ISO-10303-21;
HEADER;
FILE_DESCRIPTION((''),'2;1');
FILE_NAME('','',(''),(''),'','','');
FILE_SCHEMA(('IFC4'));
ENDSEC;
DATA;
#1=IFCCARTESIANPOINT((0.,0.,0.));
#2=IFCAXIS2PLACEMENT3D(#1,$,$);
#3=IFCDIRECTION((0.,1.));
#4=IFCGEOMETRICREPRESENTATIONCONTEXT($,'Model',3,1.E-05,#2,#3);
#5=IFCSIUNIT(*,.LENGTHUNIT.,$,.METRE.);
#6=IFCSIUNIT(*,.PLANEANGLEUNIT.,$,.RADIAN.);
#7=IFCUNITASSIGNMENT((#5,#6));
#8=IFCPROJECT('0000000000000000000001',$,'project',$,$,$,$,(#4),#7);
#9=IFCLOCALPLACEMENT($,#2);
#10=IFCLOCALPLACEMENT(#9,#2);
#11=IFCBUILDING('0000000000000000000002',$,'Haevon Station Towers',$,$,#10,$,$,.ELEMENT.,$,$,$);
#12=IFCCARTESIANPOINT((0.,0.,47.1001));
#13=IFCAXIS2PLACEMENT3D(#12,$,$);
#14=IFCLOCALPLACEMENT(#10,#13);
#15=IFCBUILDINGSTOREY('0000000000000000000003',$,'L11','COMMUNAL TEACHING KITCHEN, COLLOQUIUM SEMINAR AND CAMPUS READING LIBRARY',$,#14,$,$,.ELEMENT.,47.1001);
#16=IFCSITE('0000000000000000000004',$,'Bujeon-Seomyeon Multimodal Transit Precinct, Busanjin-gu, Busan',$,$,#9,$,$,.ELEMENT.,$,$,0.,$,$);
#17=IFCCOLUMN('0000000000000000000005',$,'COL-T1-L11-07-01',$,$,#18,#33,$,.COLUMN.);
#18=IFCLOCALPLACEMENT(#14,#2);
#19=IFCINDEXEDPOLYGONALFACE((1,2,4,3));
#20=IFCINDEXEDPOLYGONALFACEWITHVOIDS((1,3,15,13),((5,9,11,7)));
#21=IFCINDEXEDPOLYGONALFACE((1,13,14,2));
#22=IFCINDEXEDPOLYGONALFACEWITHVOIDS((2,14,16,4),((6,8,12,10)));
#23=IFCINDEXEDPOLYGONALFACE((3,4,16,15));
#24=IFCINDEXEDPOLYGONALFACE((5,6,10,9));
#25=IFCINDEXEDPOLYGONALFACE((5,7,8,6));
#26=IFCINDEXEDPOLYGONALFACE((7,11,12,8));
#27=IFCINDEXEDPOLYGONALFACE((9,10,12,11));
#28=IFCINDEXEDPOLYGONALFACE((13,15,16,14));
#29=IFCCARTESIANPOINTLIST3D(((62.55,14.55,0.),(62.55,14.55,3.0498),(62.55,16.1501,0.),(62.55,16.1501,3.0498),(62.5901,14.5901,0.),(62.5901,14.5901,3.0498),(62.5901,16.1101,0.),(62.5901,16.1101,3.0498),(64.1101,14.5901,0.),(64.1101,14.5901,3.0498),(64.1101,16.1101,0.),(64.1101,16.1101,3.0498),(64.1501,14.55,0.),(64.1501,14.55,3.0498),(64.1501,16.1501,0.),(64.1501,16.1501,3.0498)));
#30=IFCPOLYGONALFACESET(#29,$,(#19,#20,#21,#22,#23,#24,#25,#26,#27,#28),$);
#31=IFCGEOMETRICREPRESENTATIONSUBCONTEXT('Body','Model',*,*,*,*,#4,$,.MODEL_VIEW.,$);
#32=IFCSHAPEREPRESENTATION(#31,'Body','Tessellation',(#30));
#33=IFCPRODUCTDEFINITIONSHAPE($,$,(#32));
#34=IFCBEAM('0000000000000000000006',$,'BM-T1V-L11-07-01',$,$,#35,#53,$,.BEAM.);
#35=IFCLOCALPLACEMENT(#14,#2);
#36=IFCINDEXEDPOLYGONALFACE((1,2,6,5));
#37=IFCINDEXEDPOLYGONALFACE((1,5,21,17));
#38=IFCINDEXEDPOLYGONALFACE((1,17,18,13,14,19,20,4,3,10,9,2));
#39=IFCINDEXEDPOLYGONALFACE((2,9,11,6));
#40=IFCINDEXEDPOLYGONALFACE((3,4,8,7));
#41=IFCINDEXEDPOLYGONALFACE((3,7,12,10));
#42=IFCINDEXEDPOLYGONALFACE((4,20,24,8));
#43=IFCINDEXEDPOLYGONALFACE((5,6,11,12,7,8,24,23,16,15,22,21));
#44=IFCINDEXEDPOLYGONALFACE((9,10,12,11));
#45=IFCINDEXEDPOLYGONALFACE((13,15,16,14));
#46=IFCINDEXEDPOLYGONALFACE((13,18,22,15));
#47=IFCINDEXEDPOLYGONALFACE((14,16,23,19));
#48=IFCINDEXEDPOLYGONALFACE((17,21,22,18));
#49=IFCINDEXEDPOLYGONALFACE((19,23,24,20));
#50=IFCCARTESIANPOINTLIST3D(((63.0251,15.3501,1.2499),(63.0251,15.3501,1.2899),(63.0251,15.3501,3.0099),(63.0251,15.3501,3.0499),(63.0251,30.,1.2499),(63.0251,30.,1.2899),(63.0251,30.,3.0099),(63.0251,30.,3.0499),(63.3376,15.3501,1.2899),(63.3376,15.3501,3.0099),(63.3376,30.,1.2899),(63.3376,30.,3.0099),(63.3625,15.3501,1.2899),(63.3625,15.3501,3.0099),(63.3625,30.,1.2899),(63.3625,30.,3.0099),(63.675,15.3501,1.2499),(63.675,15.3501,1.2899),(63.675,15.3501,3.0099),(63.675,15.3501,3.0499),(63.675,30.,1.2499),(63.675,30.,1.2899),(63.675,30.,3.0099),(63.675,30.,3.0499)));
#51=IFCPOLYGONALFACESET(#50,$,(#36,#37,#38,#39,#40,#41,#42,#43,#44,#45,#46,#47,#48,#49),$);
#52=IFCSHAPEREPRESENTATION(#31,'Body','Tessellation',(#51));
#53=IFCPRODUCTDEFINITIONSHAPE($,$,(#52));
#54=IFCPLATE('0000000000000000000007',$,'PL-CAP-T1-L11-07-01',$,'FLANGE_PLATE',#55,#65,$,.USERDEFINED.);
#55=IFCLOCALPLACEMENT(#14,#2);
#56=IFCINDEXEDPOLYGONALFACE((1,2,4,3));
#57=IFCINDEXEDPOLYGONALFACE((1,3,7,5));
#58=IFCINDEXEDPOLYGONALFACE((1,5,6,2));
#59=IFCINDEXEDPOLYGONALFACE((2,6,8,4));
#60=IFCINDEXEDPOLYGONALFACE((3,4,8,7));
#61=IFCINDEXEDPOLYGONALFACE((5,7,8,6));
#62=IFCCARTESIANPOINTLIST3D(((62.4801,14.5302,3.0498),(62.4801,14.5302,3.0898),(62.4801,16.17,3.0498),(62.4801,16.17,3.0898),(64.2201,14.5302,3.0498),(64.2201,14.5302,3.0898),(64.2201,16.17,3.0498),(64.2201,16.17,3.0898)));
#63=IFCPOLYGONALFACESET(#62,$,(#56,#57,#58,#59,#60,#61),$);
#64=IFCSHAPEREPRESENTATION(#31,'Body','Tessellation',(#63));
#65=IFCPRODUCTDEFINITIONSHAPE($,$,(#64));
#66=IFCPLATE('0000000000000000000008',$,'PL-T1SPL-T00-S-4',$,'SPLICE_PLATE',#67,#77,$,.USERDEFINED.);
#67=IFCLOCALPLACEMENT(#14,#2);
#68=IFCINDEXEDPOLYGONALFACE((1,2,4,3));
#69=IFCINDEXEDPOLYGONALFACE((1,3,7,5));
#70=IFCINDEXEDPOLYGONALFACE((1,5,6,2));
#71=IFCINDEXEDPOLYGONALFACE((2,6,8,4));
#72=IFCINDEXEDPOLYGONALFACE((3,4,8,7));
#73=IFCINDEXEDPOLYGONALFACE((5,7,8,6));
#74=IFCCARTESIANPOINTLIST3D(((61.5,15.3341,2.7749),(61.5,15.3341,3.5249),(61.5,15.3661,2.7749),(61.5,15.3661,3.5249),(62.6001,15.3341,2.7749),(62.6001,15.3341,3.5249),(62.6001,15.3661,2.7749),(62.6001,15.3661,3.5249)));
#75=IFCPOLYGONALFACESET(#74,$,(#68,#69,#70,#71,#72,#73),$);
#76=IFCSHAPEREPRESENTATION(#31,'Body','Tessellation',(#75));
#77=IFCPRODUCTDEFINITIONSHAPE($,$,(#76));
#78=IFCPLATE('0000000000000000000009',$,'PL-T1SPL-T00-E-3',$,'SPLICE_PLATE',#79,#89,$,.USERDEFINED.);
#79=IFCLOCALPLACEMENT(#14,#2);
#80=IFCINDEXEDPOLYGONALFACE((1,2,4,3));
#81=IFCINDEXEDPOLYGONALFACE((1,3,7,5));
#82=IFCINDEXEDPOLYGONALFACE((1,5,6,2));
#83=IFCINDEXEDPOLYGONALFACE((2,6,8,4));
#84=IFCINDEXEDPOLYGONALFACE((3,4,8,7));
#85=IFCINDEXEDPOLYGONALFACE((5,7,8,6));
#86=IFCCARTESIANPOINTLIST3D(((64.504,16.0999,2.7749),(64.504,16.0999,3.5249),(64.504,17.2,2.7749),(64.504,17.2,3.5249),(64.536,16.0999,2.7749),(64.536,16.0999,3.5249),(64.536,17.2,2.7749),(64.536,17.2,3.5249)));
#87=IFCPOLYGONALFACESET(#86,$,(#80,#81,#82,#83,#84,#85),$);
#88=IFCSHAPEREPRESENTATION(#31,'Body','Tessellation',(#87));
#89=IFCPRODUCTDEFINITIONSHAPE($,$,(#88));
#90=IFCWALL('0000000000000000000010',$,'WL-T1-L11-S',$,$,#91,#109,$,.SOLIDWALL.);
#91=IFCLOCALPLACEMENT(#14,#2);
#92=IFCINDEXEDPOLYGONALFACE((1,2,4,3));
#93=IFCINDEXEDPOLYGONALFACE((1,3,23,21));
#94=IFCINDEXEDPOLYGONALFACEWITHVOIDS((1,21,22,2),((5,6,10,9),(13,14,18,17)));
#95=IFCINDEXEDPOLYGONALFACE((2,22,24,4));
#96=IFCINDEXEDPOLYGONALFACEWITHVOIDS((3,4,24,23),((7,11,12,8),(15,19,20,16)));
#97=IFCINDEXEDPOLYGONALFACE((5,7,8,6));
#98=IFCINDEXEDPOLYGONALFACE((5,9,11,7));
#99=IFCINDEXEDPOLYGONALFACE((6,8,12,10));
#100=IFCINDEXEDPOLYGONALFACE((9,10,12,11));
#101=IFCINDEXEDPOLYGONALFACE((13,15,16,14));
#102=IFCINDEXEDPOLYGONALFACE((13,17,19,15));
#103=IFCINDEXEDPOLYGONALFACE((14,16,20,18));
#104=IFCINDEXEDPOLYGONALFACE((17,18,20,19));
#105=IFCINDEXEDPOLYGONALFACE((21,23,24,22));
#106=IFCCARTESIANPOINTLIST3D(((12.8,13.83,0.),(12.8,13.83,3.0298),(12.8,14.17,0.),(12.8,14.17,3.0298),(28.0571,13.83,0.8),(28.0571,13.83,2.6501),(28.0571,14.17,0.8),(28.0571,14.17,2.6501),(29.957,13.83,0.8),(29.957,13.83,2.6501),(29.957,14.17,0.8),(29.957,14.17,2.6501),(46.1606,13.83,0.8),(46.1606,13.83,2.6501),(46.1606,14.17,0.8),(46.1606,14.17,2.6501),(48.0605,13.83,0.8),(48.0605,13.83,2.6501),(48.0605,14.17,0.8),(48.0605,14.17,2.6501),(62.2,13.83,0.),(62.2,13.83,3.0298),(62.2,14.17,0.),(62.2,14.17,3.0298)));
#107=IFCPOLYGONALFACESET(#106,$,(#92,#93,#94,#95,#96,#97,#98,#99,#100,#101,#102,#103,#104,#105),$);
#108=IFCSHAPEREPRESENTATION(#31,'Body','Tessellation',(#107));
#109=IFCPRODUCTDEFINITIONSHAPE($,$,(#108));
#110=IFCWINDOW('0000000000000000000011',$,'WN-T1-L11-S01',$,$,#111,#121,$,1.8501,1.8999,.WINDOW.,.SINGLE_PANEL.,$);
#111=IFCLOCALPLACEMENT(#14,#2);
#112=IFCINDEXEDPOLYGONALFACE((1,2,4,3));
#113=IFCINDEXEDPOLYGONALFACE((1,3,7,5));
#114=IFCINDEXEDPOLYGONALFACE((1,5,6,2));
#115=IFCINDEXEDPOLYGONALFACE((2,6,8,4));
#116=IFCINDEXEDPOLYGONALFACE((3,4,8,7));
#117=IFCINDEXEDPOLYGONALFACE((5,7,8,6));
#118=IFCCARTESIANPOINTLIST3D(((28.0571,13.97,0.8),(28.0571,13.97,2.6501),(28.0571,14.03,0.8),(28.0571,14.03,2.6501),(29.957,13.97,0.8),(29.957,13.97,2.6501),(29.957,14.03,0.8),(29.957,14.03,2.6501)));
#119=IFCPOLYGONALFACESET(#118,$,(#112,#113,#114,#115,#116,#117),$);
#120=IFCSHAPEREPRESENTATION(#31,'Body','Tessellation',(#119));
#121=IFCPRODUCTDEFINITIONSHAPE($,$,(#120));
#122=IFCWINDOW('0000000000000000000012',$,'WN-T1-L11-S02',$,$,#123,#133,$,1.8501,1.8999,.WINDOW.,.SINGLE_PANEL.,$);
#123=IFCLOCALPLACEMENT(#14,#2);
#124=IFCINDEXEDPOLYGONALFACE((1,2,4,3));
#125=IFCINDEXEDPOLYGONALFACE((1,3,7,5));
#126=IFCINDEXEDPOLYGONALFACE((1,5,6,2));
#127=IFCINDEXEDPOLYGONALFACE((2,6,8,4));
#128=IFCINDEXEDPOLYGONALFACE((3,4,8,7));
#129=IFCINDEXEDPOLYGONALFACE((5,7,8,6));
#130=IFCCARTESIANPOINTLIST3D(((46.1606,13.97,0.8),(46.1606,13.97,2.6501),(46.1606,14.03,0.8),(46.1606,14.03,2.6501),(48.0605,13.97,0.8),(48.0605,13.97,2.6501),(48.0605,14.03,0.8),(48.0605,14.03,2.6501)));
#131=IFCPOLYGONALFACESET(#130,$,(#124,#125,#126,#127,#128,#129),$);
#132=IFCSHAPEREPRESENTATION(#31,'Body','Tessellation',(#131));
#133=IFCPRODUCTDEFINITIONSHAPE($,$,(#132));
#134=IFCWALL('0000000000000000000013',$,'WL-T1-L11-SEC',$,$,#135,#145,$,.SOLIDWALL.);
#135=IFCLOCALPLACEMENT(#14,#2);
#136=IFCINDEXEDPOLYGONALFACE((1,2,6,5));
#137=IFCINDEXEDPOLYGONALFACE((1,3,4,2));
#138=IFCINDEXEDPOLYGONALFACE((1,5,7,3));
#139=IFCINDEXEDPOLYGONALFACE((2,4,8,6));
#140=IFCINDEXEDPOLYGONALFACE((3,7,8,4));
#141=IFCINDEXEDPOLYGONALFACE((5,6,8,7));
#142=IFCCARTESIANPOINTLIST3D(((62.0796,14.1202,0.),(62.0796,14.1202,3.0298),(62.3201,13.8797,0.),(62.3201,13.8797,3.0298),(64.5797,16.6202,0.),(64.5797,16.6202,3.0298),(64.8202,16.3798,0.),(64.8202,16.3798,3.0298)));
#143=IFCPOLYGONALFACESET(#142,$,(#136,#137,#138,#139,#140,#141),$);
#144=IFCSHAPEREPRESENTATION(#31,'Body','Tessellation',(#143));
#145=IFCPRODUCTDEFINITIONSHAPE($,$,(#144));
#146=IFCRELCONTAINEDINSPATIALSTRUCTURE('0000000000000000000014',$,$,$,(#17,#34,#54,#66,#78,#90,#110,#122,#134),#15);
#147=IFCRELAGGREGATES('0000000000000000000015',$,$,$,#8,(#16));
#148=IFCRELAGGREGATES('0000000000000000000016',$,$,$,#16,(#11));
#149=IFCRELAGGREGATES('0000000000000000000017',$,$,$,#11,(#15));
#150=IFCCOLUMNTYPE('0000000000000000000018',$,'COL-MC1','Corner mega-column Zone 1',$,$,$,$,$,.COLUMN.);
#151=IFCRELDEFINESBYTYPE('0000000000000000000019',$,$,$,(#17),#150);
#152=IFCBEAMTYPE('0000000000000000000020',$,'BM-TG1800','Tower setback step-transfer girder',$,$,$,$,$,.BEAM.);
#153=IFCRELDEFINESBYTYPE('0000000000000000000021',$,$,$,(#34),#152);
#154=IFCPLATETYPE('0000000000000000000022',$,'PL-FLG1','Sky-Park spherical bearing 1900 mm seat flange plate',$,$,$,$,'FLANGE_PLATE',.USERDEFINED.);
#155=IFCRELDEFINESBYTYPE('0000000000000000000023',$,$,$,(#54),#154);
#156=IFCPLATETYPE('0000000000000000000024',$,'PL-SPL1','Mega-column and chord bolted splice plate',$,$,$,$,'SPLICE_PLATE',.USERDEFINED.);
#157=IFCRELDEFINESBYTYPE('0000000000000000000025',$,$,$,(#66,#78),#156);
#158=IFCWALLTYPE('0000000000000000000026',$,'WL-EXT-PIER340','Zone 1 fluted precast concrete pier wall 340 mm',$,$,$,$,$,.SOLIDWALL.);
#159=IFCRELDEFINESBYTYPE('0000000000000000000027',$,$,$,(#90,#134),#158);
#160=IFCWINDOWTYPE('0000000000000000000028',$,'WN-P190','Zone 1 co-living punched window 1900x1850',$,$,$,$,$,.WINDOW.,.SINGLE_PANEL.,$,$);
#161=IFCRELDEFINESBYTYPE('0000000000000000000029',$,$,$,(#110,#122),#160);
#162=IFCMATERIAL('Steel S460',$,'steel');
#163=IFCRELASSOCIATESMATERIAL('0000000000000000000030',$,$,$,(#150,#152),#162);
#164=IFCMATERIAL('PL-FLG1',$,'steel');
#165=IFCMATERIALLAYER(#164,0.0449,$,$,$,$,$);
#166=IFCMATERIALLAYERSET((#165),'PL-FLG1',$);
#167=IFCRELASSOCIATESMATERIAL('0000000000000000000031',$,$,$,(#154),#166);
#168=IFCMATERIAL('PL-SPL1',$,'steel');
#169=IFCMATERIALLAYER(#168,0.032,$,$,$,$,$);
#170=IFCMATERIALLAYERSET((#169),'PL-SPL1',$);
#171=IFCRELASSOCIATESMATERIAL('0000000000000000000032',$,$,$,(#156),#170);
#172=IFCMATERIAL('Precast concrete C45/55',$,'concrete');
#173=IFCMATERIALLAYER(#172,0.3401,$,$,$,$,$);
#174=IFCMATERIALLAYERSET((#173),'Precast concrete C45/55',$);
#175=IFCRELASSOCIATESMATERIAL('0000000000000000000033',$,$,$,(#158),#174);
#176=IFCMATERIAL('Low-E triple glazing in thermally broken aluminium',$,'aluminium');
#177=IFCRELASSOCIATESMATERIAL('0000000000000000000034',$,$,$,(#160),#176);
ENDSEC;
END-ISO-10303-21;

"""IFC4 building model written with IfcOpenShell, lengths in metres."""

from ifc_helpers import new_model, si_unit, direction, frame, frame_2d, origin, origin_2d, place, context, subcontext, project, spatial, rectangle, hollow_rectangle, i_section, extrude, material, layer, layer_set, material_profile, profile_set, type_object, element, fill, save


model = new_model("IFC4")

# Units and contexts
model_context = context("Model", 3, precision=1e-05, world=origin(), true_north=direction((0.0, 1.0)))
body_context = subcontext(model_context, "Body", "Model", "MODEL_VIEW")
ifc_project = project(units=[si_unit("LENGTHUNIT", "METRE"), si_unit("PLANEANGLEUNIT", "RADIAN")], contexts=[model_context])

# Site, building, storey
site_placement = place(None, origin())
site = spatial("IfcSite", under=ifc_project, at=site_placement, Name="Bujeon-Seomyeon Multimodal Transit Precinct, Busanjin-gu, Busan", CompositionType="ELEMENT", RefElevation=0.0)
building_placement = place(site_placement, origin())
building = spatial("IfcBuilding", under=site, at=building_placement, Name="Haevon Station Towers", CompositionType="ELEMENT")
storey_placement = place(building_placement, frame((0.0, 0.0, 47.1001)))
storey = spatial("IfcBuildingStorey", under=building, at=storey_placement, Name="L11", Description="COMMUNAL TEACHING KITCHEN, COLLOQUIUM SEMINAR AND CAMPUS READING LIBRARY", CompositionType="ELEMENT", Elevation=47.1001)

# Column
ifc_material_1 = material(Name="Steel S460", Category="steel")
ifc_material_profile_1 = material_profile(ifc_material_1, hollow_rectangle(XDim=1.6001, YDim=1.6001, WallThickness=0.04, at=origin_2d()), Name="BOX-1600x1600x40")
ifc_profile_set_1 = profile_set([ifc_material_profile_1], Name="Steel S460")
column_type = type_object("IfcColumnType", Name="COL-MC1", Description="Corner mega-column Zone 1", PredefinedType="COLUMN", material=ifc_profile_set_1)
column_placement = place(storey_placement, frame((63.3501, 15.3501, 0.0), z_axis=(0.0, 0.0, 1.0), x_axis=(1.0, 0.0, 0.0)))
element("IfcColumn", 1, at=column_placement, inside=storey, type_object=column_type, Name="COL-T1-L11-07-01", PredefinedType="COLUMN", context=body_context, shape_type="SweptSolid", body=[
    extrude(hollow_rectangle(XDim=1.6001, YDim=1.6001, WallThickness=0.04, at=origin_2d()), origin(), (0.0, 0.0, 1.0), 3.0498),
])

# Beam
ifc_material_profile_2 = material_profile(ifc_material_1, i_section(OverallWidth=0.6499, OverallDepth=1.8, WebThickness=0.0249, FlangeThickness=0.04, at=origin_2d()), Name="H-1800x650x25x40")
ifc_profile_set_2 = profile_set([ifc_material_profile_2], Name="Steel S460")
beam_type = type_object("IfcBeamType", Name="BM-TG1800", Description="Tower setback step-transfer girder", PredefinedType="BEAM", material=ifc_profile_set_2)
beam_placement = place(storey_placement, frame((63.3501, 15.3501, 2.1499), z_axis=(0.0, 1.0, 0.0), x_axis=(-1.0, 0.0, 0.0)))
element("IfcBeam", 2, at=beam_placement, inside=storey, type_object=beam_type, Name="BM-T1V-L11-07-01", PredefinedType="BEAM", context=body_context, shape_type="SweptSolid", body=[
    extrude(i_section(OverallWidth=0.6499, OverallDepth=1.8, WebThickness=0.0249, FlangeThickness=0.04, at=origin_2d()), origin(), (0.0, 0.0, 1.0), 14.6499),
])

# Plates
ifc_material_2 = material(Name="PL-FLG1", Category="steel")
ifc_layer_1 = layer(ifc_material_2, 0.0449)
ifc_layer_set_1 = layer_set([ifc_layer_1], Name="PL-FLG1")
plate_type_1 = type_object("IfcPlateType", Name="PL-FLG1", Description="Sky-Park spherical bearing 1900 mm seat flange plate", ElementType="FLANGE_PLATE", PredefinedType="USERDEFINED", material=ifc_layer_set_1)
plate_placement = place(storey_placement, frame((63.3501, 15.3501, 3.0498), z_axis=(0.0, 0.0, 1.0), x_axis=(1.0, 0.0, 0.0)))
element("IfcPlate", 3, at=plate_placement, inside=storey, type_object=plate_type_1, Name="PL-CAP-T1-L11-07-01", ObjectType="FLANGE_PLATE", PredefinedType="USERDEFINED", context=body_context, shape_type="SweptSolid", body=[
    extrude(rectangle(XDim=1.74, YDim=1.6399, at=origin_2d()), origin(), (0.0, 0.0, 1.0), 0.04),
])
ifc_material_3 = material(Name="PL-SPL1", Category="steel")
ifc_layer_2 = layer(ifc_material_3, 0.032)
ifc_layer_set_2 = layer_set([ifc_layer_2], Name="PL-SPL1")
plate_type_2 = type_object("IfcPlateType", Name="PL-SPL1", Description="Mega-column and chord bolted splice plate", ElementType="SPLICE_PLATE", PredefinedType="USERDEFINED", material=ifc_layer_set_2)
for number, where, z_axis, x_axis, name in (
    (4, (62.05, 15.3501, 2.7749), (0.0, 0.0, 1.0), (1.0, 0.0, 0.0), "PL-T1SPL-T00-S-4"),
    (5, (64.52, 16.6499, 2.7749), (0.0, 0.0, 1.0), (0.0, 1.0, 0.0), "PL-T1SPL-T00-E-3"),
):
    element("IfcPlate", number, at=place(storey_placement, frame(where, z_axis=z_axis, x_axis=x_axis)), inside=storey, type_object=plate_type_2, Name=name, ObjectType="SPLICE_PLATE", PredefinedType="USERDEFINED", context=body_context, shape_type="SweptSolid", body=[
        extrude(rectangle(XDim=1.1001, YDim=0.032, at=origin_2d()), origin(), (0.0, 0.0, 1.0), 0.75),
    ])

# Wall, openings, windows
ifc_material_4 = material(Name="Precast concrete C45/55", Category="concrete")
ifc_layer_3 = layer(ifc_material_4, 0.3401)
ifc_layer_set_3 = layer_set([ifc_layer_3], Name="Precast concrete C45/55")
wall_type_1 = type_object("IfcWallType", Name="WL-EXT-PIER340", Description="Zone 1 fluted precast concrete pier wall 340 mm", PredefinedType="SOLIDWALL", material=ifc_layer_set_3)
wall_1_placement = place(storey_placement, frame((62.2, 14.0, 0.0), z_axis=(0.0, 0.0, 1.0), x_axis=(-1.0, 0.0, 0.0)))
wall_1 = element("IfcWall", 6, at=wall_1_placement, inside=storey, type_object=wall_type_1, Name="WL-T1-L11-S", PredefinedType="SOLIDWALL", context=body_context, shape_type="SweptSolid", body=[
    extrude(rectangle(XDim=49.3999, YDim=0.3401, at=frame_2d((24.7, 0.0))), origin(), (0.0, 0.0, 1.0), 3.0298),
])
opening_1_placement = place(wall_1_placement, frame((32.2429, 0.0, 0.8)))
opening_1 = element("IfcOpeningElement", 7, at=opening_1_placement, cuts=wall_1, PredefinedType="OPENING", context=body_context, shape_type="SweptSolid", body=[
    extrude(rectangle(XDim=1.8999, YDim=1.8501, at=frame_2d((0.95, 0.925))), frame((0.0, 0.1799, 0.0), z_axis=(0.0, -1.0, 0.0), x_axis=(1.0, 0.0, 0.0)), (0.0, 0.0, 1.0), 0.3601),
])
opening_2_placement = place(wall_1_placement, frame((14.1394, 0.0, 0.8)))
opening_2 = element("IfcOpeningElement", 8, at=opening_2_placement, cuts=wall_1, PredefinedType="OPENING", context=body_context, shape_type="SweptSolid", body=[
    extrude(rectangle(XDim=1.8999, YDim=1.8501, at=frame_2d((0.95, 0.925))), frame((0.0, 0.1799, 0.0), z_axis=(0.0, -1.0, 0.0), x_axis=(1.0, 0.0, 0.0)), (0.0, 0.0, 1.0), 0.3601),
])
ifc_material_5 = material(Name="Low-E triple glazing in thermally broken aluminium", Category="aluminium")
window_type = type_object("IfcWindowType", Name="WN-P190", Description="Zone 1 co-living punched window 1900x1850", PartitioningType="SINGLE_PANEL", PredefinedType="WINDOW", material=ifc_material_5)
window_1_placement = place(opening_1_placement, origin())
window_1 = element("IfcWindow", 9, at=window_1_placement, inside=storey, type_object=window_type, Name="WN-T1-L11-S01", OverallHeight=1.8501, OverallWidth=1.8999, PartitioningType="SINGLE_PANEL", PredefinedType="WINDOW", context=body_context, shape_type="SweptSolid", body=[
    extrude(rectangle(XDim=1.8999, YDim=1.8501, at=frame_2d((0.95, 0.925))), frame((0.0, 0.03, 0.0), z_axis=(0.0, -1.0, 0.0), x_axis=(1.0, 0.0, 0.0)), (0.0, 0.0, 1.0), 0.0601),
])
fill(opening_1, window_1)
window_2_placement = place(opening_2_placement, origin())
window_2 = element("IfcWindow", 10, at=window_2_placement, inside=storey, type_object=window_type, Name="WN-T1-L11-S02", OverallHeight=1.8501, OverallWidth=1.8999, PartitioningType="SINGLE_PANEL", PredefinedType="WINDOW", context=body_context, shape_type="SweptSolid", body=[
    extrude(rectangle(XDim=1.8999, YDim=1.8501, at=frame_2d((0.95, 0.925))), frame((0.0, 0.03, 0.0), z_axis=(0.0, -1.0, 0.0), x_axis=(1.0, 0.0, 0.0)), (0.0, 0.0, 1.0), 0.0601),
])
fill(opening_2, window_2)

# Wall
wall_2_placement = place(storey_placement, frame((64.7, 16.5, 0.0), z_axis=(0.0, 0.0, 1.0), x_axis=(-0.707107, -0.707107, 0.0)))
element("IfcWall", 11, at=wall_2_placement, inside=storey, type_object=wall_type_1, Name="WL-T1-L11-SEC", PredefinedType="SOLIDWALL", context=body_context, shape_type="SweptSolid", body=[
    extrude(rectangle(XDim=3.5356, YDim=0.3401, at=frame_2d((1.7678, 0.0))), origin(), (0.0, 0.0, 1.0), 3.0298),
])

save(model, "model.ifc")
